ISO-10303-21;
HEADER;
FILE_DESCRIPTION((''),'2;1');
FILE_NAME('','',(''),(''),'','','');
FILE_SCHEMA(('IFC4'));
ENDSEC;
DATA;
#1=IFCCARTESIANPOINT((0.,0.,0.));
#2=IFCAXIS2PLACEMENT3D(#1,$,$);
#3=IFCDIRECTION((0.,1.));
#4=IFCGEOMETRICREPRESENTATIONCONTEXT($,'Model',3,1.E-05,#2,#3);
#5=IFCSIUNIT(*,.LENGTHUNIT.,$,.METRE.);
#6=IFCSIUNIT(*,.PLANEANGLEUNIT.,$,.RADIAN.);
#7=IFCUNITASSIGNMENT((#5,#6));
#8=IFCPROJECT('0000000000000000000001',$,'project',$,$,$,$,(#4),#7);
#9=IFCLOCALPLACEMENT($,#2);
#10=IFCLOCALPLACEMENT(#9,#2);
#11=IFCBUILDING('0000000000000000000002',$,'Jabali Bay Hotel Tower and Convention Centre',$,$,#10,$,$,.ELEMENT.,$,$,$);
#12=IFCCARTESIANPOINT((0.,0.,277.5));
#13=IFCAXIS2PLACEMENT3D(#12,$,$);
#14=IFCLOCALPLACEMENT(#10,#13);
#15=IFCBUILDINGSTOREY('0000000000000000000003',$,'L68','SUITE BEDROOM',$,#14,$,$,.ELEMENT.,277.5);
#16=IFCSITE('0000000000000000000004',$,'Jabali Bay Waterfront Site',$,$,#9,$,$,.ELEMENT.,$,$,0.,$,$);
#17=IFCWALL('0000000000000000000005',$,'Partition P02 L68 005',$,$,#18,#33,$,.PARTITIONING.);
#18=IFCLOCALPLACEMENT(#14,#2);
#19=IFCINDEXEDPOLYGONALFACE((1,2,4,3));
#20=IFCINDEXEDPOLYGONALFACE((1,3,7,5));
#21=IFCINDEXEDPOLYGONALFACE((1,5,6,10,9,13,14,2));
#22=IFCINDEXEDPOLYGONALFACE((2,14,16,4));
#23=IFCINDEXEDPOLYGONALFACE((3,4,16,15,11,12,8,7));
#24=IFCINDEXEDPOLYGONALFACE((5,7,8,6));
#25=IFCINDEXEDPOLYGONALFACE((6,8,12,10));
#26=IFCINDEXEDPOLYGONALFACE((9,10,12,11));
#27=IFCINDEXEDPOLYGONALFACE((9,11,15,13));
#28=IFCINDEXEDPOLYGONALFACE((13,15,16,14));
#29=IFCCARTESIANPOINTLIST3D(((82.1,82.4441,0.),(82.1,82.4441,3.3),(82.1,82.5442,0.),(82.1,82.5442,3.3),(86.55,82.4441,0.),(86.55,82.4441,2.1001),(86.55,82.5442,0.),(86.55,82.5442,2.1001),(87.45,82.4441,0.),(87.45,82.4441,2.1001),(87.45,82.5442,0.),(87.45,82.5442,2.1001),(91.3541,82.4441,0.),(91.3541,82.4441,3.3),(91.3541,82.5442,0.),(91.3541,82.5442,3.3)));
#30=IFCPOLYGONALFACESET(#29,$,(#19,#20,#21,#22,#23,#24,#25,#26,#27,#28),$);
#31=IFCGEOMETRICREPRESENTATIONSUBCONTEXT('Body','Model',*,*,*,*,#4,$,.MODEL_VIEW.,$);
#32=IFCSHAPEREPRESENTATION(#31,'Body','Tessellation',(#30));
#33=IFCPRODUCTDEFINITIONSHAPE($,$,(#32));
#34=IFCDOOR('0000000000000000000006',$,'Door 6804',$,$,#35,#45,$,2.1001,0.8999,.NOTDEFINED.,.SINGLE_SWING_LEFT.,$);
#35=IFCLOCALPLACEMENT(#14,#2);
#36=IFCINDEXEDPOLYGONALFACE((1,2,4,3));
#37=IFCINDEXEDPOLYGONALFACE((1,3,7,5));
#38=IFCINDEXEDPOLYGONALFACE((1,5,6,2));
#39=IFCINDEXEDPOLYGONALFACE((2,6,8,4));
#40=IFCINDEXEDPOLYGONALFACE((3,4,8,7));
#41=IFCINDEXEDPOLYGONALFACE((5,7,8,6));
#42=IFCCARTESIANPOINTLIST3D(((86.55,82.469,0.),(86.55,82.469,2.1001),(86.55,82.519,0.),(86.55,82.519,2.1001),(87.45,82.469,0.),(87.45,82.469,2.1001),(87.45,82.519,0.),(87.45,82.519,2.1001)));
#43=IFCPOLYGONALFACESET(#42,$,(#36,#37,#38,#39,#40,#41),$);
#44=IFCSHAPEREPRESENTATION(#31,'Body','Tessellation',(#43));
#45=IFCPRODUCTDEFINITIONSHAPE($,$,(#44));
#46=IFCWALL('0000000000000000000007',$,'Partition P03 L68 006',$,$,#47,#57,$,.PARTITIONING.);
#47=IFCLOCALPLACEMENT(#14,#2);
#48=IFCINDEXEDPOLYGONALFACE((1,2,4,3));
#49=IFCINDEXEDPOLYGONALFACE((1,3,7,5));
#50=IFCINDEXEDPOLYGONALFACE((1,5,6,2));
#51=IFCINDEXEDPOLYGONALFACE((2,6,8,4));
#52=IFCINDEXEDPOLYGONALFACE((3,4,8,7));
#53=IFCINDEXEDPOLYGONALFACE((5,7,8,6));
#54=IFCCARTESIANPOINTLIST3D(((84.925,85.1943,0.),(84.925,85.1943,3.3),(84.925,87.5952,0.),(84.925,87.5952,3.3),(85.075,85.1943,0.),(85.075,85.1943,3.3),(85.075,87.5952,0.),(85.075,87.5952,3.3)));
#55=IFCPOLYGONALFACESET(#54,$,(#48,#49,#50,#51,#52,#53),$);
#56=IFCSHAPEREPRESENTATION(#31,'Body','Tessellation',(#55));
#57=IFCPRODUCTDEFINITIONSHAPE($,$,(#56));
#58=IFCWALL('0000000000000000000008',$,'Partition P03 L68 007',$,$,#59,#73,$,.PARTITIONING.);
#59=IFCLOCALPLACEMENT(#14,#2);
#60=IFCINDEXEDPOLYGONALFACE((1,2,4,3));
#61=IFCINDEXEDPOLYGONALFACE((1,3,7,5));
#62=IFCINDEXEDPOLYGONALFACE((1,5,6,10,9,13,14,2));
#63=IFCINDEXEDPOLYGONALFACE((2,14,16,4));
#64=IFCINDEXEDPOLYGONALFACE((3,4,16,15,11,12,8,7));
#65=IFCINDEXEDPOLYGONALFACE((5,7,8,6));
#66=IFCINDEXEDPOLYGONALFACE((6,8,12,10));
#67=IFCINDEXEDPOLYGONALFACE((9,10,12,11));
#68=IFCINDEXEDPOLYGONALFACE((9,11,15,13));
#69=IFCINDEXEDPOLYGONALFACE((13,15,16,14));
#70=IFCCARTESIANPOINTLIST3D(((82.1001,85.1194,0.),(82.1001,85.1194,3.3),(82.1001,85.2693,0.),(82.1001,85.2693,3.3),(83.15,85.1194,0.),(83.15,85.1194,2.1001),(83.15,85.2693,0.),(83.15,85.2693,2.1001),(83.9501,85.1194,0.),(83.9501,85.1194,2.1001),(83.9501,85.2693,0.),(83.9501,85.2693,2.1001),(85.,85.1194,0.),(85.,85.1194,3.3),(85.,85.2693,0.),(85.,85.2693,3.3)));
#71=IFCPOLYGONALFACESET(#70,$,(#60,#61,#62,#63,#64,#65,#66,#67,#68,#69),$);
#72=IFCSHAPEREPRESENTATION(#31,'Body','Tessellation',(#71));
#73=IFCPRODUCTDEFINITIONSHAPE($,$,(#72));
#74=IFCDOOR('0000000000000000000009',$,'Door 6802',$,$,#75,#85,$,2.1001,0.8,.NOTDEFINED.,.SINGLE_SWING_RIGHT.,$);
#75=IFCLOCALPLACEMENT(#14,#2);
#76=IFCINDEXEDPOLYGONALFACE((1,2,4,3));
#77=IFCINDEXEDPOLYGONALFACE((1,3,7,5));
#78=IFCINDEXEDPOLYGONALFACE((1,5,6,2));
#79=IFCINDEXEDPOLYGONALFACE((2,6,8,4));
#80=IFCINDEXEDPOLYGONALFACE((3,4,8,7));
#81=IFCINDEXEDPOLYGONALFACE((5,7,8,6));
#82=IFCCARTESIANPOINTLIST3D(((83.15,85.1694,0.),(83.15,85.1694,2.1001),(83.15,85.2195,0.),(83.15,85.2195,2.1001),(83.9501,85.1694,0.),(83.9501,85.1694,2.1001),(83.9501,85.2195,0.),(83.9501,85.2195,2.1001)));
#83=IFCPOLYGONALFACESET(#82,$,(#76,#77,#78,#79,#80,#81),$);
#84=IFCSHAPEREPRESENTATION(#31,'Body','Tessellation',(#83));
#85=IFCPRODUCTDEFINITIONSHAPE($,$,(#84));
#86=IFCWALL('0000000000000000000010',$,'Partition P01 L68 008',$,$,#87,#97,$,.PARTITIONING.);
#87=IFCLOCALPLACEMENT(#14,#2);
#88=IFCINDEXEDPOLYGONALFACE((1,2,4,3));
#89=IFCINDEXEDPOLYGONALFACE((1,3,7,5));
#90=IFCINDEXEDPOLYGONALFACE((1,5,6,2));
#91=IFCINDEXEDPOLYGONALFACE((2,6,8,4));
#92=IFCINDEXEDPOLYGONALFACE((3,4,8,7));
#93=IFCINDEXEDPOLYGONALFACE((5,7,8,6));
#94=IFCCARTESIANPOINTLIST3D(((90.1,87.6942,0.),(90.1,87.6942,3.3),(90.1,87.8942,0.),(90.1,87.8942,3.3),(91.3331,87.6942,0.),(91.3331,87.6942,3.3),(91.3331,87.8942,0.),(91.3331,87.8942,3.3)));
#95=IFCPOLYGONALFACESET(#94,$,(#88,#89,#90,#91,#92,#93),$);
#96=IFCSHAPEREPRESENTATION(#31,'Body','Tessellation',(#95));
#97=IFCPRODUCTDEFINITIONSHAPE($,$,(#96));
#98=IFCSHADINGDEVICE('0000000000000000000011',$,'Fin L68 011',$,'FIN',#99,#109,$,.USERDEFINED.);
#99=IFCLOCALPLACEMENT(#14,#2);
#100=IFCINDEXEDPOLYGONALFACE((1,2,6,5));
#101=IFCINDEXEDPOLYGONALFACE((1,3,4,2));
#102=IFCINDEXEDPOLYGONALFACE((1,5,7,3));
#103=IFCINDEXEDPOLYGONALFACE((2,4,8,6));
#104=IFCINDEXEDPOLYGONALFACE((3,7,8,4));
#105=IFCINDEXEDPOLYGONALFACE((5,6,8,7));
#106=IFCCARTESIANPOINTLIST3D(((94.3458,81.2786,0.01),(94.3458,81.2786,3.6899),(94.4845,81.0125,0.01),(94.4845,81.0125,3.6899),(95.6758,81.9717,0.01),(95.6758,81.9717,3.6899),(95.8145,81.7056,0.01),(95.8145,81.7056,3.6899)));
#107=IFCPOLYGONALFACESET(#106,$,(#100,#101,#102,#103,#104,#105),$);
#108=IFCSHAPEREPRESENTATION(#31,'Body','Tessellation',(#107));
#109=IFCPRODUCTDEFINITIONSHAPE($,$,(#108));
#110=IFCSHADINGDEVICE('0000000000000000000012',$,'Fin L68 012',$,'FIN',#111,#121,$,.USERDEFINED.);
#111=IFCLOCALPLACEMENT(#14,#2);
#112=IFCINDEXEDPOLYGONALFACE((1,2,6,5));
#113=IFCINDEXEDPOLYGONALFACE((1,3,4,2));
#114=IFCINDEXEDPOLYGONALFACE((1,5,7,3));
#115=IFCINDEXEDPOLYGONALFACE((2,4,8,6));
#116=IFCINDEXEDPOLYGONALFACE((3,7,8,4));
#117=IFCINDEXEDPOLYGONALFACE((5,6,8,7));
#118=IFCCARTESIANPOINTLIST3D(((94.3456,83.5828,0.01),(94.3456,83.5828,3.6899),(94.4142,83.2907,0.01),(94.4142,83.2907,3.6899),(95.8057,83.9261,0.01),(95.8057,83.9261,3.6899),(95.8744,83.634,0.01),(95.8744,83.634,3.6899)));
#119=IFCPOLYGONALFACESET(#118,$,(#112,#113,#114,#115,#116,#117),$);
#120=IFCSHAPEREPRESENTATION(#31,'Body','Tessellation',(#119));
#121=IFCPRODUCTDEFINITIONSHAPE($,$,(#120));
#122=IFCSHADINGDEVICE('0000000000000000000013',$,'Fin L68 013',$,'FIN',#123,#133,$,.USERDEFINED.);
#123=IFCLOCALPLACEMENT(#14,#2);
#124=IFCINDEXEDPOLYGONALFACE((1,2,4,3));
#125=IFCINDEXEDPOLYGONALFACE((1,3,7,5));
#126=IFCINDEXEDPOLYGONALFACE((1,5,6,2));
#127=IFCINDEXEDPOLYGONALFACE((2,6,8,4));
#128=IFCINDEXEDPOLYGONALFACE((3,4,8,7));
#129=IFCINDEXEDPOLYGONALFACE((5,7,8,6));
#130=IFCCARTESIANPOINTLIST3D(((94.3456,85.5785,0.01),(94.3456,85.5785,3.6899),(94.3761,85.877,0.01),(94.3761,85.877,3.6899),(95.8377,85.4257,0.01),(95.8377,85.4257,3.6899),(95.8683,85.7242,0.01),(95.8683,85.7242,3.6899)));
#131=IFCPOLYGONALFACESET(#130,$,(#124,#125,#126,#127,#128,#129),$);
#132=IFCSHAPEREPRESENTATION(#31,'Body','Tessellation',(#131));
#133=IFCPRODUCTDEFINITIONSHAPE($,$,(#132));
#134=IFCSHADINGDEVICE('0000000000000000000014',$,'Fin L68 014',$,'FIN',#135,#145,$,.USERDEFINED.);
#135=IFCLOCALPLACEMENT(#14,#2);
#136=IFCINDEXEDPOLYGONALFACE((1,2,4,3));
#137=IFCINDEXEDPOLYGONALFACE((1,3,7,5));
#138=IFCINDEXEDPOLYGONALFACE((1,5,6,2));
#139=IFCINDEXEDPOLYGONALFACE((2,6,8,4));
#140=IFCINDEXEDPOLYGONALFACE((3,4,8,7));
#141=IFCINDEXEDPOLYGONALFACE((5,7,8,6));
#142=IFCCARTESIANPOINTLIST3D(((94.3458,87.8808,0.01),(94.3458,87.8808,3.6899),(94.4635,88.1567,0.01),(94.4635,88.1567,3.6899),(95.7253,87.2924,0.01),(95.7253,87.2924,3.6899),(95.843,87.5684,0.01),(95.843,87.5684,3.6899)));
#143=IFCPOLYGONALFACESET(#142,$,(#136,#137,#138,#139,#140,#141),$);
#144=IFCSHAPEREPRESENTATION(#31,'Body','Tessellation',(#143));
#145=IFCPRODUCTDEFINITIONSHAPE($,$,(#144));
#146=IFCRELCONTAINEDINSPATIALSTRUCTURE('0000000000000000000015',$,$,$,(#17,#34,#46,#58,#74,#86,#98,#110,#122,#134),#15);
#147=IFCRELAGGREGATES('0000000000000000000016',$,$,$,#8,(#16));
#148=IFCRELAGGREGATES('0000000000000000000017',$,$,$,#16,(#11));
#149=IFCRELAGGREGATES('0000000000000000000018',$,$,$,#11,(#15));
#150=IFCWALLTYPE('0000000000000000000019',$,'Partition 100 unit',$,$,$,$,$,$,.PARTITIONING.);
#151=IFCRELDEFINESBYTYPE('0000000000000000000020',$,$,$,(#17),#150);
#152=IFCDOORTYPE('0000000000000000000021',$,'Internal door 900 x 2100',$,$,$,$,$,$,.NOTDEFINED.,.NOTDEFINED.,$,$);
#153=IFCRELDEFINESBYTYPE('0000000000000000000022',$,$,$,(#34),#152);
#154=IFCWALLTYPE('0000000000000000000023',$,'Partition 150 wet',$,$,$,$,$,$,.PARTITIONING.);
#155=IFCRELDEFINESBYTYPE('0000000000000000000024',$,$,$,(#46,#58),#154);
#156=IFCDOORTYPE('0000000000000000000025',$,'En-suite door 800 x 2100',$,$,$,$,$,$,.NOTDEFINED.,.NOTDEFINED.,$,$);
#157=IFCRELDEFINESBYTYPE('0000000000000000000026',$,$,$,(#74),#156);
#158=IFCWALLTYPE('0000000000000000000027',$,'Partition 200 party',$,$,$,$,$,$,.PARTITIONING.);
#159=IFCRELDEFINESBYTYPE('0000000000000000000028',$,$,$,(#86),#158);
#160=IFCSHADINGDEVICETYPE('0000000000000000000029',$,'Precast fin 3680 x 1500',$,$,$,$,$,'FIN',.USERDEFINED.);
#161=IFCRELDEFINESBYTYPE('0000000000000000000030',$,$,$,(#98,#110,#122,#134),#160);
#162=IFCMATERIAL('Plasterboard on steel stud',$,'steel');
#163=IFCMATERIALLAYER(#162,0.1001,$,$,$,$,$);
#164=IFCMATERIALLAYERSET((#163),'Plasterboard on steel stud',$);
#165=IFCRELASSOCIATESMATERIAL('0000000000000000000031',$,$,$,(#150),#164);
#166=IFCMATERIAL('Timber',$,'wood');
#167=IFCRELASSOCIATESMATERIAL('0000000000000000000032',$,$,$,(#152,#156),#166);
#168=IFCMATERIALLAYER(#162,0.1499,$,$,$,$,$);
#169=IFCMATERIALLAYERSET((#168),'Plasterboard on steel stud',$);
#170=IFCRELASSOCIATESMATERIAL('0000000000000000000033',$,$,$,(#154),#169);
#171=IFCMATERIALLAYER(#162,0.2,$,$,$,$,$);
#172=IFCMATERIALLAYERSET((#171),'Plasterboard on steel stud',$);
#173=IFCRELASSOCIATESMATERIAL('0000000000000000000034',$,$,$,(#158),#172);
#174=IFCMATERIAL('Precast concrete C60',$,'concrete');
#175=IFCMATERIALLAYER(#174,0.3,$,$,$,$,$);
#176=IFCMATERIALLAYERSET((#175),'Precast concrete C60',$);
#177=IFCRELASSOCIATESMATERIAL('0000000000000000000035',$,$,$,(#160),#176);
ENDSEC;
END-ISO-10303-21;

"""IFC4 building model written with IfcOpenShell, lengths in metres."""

from ifc_helpers import new_model, si_unit, direction, frame, frame_2d, origin, place, context, subcontext, project, spatial, rectangle, extrude, material, layer, layer_set, type_object, element, fill, save


model = new_model("IFC4")

# Units and contexts
model_context = context("Model", 3, precision=1e-05, world=origin(), true_north=direction((0.0, 1.0)))
body_context = subcontext(model_context, "Body", "Model", "MODEL_VIEW")
ifc_project = project(units=[si_unit("LENGTHUNIT", "METRE"), si_unit("PLANEANGLEUNIT", "RADIAN")], contexts=[model_context])

# Site, building, storey
site_placement = place(None, origin())
site = spatial("IfcSite", under=ifc_project, at=site_placement, Name="Jabali Bay Waterfront Site", CompositionType="ELEMENT", RefElevation=0.0)
building_placement = place(site_placement, origin())
building = spatial("IfcBuilding", under=site, at=building_placement, Name="Jabali Bay Hotel Tower and Convention Centre", CompositionType="ELEMENT")
storey_placement = place(building_placement, frame((0.0, 0.0, 277.5)))
storey = spatial("IfcBuildingStorey", under=building, at=storey_placement, Name="L68", Description="SUITE BEDROOM", CompositionType="ELEMENT", Elevation=277.5)

# Wall, opening, door
ifc_material_1 = material(Name="Plasterboard on steel stud", Category="steel")
ifc_layer_1 = layer(ifc_material_1, 0.1001)
ifc_layer_set_1 = layer_set([ifc_layer_1], Name="Plasterboard on steel stud")
wall_type_1 = type_object("IfcWallType", Name="Partition 100 unit", PredefinedType="PARTITIONING", material=ifc_layer_set_1)
wall_1_placement = place(storey_placement, frame((82.1001, 82.4941, 0.0), z_axis=(0.0, 0.0, 1.0), x_axis=(1.0, 0.0, 0.0)))
wall_1 = element("IfcWall", 1, at=wall_1_placement, inside=storey, type_object=wall_type_1, Name="Partition P02 L68 005", PredefinedType="PARTITIONING", context=body_context, shape_type="SweptSolid", body=[
    extrude(rectangle(XDim=9.2542, YDim=0.1001, at=frame_2d((4.627, 0.0))), origin(), (0.0, 0.0, 1.0), 3.3),
])
opening_1_placement = place(wall_1_placement, frame((4.45, 0.0, 0.0)))
opening_1 = element("IfcOpeningElement", 2, at=opening_1_placement, cuts=wall_1, PredefinedType="OPENING", context=body_context, shape_type="SweptSolid", body=[
    extrude(rectangle(XDim=0.8999, YDim=2.1001, at=frame_2d((0.45, 1.05))), frame((0.0, 0.0605, 0.0), z_axis=(0.0, -1.0, 0.0), x_axis=(1.0, 0.0, 0.0)), (0.0, 0.0, 1.0), 0.1211),
])
ifc_material_2 = material(Name="Timber", Category="wood")
door_type_1 = type_object("IfcDoorType", Name="Internal door 900 x 2100", OperationType="NOTDEFINED", PredefinedType="NOTDEFINED", material=ifc_material_2)
door_1_placement = place(opening_1_placement, origin())
door_1 = element("IfcDoor", 3, at=door_1_placement, inside=storey, type_object=door_type_1, Name="Door 6804", OperationType="SINGLE_SWING_LEFT", OverallHeight=2.1001, OverallWidth=0.8999, PredefinedType="NOTDEFINED", context=body_context, shape_type="SweptSolid", body=[
    extrude(rectangle(XDim=0.8999, YDim=2.1001, at=frame_2d((0.45, 1.05))), frame((0.0, 0.0249, 0.0), z_axis=(0.0, -1.0, 0.0), x_axis=(1.0, 0.0, 0.0)), (0.0, 0.0, 1.0), 0.05),
])
fill(opening_1, door_1)

# Wall
ifc_layer_2 = layer(ifc_material_1, 0.1499)
ifc_layer_set_2 = layer_set([ifc_layer_2], Name="Plasterboard on steel stud")
wall_type_2 = type_object("IfcWallType", Name="Partition 150 wet", PredefinedType="PARTITIONING", material=ifc_layer_set_2)
wall_2_placement = place(storey_placement, frame((85.0, 87.5952, 0.0), z_axis=(0.0, 0.0, 1.0), x_axis=(0.0, -1.0, 0.0)))
element("IfcWall", 4, at=wall_2_placement, inside=storey, type_object=wall_type_2, Name="Partition P03 L68 006", PredefinedType="PARTITIONING", context=body_context, shape_type="SweptSolid", body=[
    extrude(rectangle(XDim=2.4009, YDim=0.1499, at=frame_2d((1.2004, 0.0))), origin(), (0.0, 0.0, 1.0), 3.3),
])

# Wall, opening, door
wall_3_placement = place(storey_placement, frame((85.0, 85.1943, 0.0), z_axis=(0.0, 0.0, 1.0), x_axis=(-1.0, 0.0, 0.0)))
wall_3 = element("IfcWall", 5, at=wall_3_placement, inside=storey, type_object=wall_type_2, Name="Partition P03 L68 007", PredefinedType="PARTITIONING", context=body_context, shape_type="SweptSolid", body=[
    extrude(rectangle(XDim=2.8999, YDim=0.1499, at=frame_2d((1.45, 0.0))), origin(), (0.0, 0.0, 1.0), 3.3),
])
opening_2_placement = place(wall_3_placement, frame((1.05, 0.0, 0.0)))
opening_2 = element("IfcOpeningElement", 6, at=opening_2_placement, cuts=wall_3, PredefinedType="OPENING", context=body_context, shape_type="SweptSolid", body=[
    extrude(rectangle(XDim=0.8, YDim=2.1001, at=frame_2d((0.3999, 1.05))), frame((0.0, 0.0854, 0.0), z_axis=(0.0, -1.0, 0.0), x_axis=(1.0, 0.0, 0.0)), (0.0, 0.0, 1.0), 0.1709),
])
door_type_2 = type_object("IfcDoorType", Name="En-suite door 800 x 2100", OperationType="NOTDEFINED", PredefinedType="NOTDEFINED", material=ifc_material_2)
door_2_placement = place(opening_2_placement, origin())
door_2 = element("IfcDoor", 7, at=door_2_placement, inside=storey, type_object=door_type_2, Name="Door 6802", OperationType="SINGLE_SWING_RIGHT", OverallHeight=2.1001, OverallWidth=0.8, PredefinedType="NOTDEFINED", context=body_context, shape_type="SweptSolid", body=[
    extrude(rectangle(XDim=0.8, YDim=2.1001, at=frame_2d((0.3999, 1.05))), frame((0.0, 0.0249, 0.0), z_axis=(0.0, -1.0, 0.0), x_axis=(1.0, 0.0, 0.0)), (0.0, 0.0, 1.0), 0.05),
])
fill(opening_2, door_2)

# Wall
ifc_layer_3 = layer(ifc_material_1, 0.2)
ifc_layer_set_3 = layer_set([ifc_layer_3], Name="Plasterboard on steel stud")
wall_type_3 = type_object("IfcWallType", Name="Partition 200 party", PredefinedType="PARTITIONING", material=ifc_layer_set_3)
wall_4_placement = place(storey_placement, frame((91.3333, 87.7942, 0.0), z_axis=(0.0, 0.0, 1.0), x_axis=(-1.0, 0.0, 0.0)))
element("IfcWall", 8, at=wall_4_placement, inside=storey, type_object=wall_type_3, Name="Partition P01 L68 008", PredefinedType="PARTITIONING", context=body_context, shape_type="SweptSolid", body=[
    extrude(rectangle(XDim=1.2332, YDim=0.2, at=frame_2d((0.6167, 0.0))), origin(), (0.0, 0.0, 1.0), 3.3),
])

# Shading devices
ifc_material_3 = material(Name="Precast concrete C60", Category="concrete")
ifc_layer_4 = layer(ifc_material_3, 0.3)
ifc_layer_set_4 = layer_set([ifc_layer_4], Name="Precast concrete C60")
shading_device_type = type_object("IfcShadingDeviceType", Name="Precast fin 3680 x 1500", ElementType="FIN", PredefinedType="USERDEFINED", material=ifc_layer_set_4)
shading_device_1_placement = place(storey_placement, frame((94.415, 81.1455, 0.01), z_axis=(0.0, 0.0, 1.0), x_axis=(0.886814, 0.462126, 0.0)))
element("IfcShadingDevice", 9, at=shading_device_1_placement, inside=storey, type_object=shading_device_type, Name="Fin L68 011", ObjectType="FIN", PredefinedType="USERDEFINED", context=body_context, shape_type="SweptSolid", body=[
    extrude(rectangle(XDim=1.4998, YDim=0.3, at=frame_2d((0.75, 0.0))), origin(), (0.0, 0.0, 1.0), 3.6799),
])
for number, where, z_axis, x_axis, name in (
    (10, (94.3799, 83.4368, 0.01), (0.0, 0.0, 1.0), (0.973464, 0.22884, 0.0), "Fin L68 012"),
    (11, (94.3608, 85.7278, 0.01), (0.0, 0.0, 1.0), (0.994796, -0.101888, 0.0), "Fin L68 013"),
):
    element("IfcShadingDevice", number, at=place(storey_placement, frame(where, z_axis=z_axis, x_axis=x_axis)), inside=storey, type_object=shading_device_type, Name=name, ObjectType="FIN", PredefinedType="USERDEFINED", context=body_context, shape_type="SweptSolid", body=[
        extrude(rectangle(XDim=1.5, YDim=0.3, at=frame_2d((0.75, 0.0))), origin(), (0.0, 0.0, 1.0), 3.6799),
    ])
shading_device_2_placement = place(storey_placement, frame((94.4045, 88.0188, 0.01), z_axis=(0.0, 0.0, 1.0), x_axis=(0.919842, -0.392288, 0.0)))
element("IfcShadingDevice", 12, at=shading_device_2_placement, inside=storey, type_object=shading_device_type, Name="Fin L68 014", ObjectType="FIN", PredefinedType="USERDEFINED", context=body_context, shape_type="SweptSolid", body=[
    extrude(rectangle(XDim=1.4998, YDim=0.3, at=frame_2d((0.75, 0.0))), origin(), (0.0, 0.0, 1.0), 3.6799),
])

save(model, "model.ifc")
